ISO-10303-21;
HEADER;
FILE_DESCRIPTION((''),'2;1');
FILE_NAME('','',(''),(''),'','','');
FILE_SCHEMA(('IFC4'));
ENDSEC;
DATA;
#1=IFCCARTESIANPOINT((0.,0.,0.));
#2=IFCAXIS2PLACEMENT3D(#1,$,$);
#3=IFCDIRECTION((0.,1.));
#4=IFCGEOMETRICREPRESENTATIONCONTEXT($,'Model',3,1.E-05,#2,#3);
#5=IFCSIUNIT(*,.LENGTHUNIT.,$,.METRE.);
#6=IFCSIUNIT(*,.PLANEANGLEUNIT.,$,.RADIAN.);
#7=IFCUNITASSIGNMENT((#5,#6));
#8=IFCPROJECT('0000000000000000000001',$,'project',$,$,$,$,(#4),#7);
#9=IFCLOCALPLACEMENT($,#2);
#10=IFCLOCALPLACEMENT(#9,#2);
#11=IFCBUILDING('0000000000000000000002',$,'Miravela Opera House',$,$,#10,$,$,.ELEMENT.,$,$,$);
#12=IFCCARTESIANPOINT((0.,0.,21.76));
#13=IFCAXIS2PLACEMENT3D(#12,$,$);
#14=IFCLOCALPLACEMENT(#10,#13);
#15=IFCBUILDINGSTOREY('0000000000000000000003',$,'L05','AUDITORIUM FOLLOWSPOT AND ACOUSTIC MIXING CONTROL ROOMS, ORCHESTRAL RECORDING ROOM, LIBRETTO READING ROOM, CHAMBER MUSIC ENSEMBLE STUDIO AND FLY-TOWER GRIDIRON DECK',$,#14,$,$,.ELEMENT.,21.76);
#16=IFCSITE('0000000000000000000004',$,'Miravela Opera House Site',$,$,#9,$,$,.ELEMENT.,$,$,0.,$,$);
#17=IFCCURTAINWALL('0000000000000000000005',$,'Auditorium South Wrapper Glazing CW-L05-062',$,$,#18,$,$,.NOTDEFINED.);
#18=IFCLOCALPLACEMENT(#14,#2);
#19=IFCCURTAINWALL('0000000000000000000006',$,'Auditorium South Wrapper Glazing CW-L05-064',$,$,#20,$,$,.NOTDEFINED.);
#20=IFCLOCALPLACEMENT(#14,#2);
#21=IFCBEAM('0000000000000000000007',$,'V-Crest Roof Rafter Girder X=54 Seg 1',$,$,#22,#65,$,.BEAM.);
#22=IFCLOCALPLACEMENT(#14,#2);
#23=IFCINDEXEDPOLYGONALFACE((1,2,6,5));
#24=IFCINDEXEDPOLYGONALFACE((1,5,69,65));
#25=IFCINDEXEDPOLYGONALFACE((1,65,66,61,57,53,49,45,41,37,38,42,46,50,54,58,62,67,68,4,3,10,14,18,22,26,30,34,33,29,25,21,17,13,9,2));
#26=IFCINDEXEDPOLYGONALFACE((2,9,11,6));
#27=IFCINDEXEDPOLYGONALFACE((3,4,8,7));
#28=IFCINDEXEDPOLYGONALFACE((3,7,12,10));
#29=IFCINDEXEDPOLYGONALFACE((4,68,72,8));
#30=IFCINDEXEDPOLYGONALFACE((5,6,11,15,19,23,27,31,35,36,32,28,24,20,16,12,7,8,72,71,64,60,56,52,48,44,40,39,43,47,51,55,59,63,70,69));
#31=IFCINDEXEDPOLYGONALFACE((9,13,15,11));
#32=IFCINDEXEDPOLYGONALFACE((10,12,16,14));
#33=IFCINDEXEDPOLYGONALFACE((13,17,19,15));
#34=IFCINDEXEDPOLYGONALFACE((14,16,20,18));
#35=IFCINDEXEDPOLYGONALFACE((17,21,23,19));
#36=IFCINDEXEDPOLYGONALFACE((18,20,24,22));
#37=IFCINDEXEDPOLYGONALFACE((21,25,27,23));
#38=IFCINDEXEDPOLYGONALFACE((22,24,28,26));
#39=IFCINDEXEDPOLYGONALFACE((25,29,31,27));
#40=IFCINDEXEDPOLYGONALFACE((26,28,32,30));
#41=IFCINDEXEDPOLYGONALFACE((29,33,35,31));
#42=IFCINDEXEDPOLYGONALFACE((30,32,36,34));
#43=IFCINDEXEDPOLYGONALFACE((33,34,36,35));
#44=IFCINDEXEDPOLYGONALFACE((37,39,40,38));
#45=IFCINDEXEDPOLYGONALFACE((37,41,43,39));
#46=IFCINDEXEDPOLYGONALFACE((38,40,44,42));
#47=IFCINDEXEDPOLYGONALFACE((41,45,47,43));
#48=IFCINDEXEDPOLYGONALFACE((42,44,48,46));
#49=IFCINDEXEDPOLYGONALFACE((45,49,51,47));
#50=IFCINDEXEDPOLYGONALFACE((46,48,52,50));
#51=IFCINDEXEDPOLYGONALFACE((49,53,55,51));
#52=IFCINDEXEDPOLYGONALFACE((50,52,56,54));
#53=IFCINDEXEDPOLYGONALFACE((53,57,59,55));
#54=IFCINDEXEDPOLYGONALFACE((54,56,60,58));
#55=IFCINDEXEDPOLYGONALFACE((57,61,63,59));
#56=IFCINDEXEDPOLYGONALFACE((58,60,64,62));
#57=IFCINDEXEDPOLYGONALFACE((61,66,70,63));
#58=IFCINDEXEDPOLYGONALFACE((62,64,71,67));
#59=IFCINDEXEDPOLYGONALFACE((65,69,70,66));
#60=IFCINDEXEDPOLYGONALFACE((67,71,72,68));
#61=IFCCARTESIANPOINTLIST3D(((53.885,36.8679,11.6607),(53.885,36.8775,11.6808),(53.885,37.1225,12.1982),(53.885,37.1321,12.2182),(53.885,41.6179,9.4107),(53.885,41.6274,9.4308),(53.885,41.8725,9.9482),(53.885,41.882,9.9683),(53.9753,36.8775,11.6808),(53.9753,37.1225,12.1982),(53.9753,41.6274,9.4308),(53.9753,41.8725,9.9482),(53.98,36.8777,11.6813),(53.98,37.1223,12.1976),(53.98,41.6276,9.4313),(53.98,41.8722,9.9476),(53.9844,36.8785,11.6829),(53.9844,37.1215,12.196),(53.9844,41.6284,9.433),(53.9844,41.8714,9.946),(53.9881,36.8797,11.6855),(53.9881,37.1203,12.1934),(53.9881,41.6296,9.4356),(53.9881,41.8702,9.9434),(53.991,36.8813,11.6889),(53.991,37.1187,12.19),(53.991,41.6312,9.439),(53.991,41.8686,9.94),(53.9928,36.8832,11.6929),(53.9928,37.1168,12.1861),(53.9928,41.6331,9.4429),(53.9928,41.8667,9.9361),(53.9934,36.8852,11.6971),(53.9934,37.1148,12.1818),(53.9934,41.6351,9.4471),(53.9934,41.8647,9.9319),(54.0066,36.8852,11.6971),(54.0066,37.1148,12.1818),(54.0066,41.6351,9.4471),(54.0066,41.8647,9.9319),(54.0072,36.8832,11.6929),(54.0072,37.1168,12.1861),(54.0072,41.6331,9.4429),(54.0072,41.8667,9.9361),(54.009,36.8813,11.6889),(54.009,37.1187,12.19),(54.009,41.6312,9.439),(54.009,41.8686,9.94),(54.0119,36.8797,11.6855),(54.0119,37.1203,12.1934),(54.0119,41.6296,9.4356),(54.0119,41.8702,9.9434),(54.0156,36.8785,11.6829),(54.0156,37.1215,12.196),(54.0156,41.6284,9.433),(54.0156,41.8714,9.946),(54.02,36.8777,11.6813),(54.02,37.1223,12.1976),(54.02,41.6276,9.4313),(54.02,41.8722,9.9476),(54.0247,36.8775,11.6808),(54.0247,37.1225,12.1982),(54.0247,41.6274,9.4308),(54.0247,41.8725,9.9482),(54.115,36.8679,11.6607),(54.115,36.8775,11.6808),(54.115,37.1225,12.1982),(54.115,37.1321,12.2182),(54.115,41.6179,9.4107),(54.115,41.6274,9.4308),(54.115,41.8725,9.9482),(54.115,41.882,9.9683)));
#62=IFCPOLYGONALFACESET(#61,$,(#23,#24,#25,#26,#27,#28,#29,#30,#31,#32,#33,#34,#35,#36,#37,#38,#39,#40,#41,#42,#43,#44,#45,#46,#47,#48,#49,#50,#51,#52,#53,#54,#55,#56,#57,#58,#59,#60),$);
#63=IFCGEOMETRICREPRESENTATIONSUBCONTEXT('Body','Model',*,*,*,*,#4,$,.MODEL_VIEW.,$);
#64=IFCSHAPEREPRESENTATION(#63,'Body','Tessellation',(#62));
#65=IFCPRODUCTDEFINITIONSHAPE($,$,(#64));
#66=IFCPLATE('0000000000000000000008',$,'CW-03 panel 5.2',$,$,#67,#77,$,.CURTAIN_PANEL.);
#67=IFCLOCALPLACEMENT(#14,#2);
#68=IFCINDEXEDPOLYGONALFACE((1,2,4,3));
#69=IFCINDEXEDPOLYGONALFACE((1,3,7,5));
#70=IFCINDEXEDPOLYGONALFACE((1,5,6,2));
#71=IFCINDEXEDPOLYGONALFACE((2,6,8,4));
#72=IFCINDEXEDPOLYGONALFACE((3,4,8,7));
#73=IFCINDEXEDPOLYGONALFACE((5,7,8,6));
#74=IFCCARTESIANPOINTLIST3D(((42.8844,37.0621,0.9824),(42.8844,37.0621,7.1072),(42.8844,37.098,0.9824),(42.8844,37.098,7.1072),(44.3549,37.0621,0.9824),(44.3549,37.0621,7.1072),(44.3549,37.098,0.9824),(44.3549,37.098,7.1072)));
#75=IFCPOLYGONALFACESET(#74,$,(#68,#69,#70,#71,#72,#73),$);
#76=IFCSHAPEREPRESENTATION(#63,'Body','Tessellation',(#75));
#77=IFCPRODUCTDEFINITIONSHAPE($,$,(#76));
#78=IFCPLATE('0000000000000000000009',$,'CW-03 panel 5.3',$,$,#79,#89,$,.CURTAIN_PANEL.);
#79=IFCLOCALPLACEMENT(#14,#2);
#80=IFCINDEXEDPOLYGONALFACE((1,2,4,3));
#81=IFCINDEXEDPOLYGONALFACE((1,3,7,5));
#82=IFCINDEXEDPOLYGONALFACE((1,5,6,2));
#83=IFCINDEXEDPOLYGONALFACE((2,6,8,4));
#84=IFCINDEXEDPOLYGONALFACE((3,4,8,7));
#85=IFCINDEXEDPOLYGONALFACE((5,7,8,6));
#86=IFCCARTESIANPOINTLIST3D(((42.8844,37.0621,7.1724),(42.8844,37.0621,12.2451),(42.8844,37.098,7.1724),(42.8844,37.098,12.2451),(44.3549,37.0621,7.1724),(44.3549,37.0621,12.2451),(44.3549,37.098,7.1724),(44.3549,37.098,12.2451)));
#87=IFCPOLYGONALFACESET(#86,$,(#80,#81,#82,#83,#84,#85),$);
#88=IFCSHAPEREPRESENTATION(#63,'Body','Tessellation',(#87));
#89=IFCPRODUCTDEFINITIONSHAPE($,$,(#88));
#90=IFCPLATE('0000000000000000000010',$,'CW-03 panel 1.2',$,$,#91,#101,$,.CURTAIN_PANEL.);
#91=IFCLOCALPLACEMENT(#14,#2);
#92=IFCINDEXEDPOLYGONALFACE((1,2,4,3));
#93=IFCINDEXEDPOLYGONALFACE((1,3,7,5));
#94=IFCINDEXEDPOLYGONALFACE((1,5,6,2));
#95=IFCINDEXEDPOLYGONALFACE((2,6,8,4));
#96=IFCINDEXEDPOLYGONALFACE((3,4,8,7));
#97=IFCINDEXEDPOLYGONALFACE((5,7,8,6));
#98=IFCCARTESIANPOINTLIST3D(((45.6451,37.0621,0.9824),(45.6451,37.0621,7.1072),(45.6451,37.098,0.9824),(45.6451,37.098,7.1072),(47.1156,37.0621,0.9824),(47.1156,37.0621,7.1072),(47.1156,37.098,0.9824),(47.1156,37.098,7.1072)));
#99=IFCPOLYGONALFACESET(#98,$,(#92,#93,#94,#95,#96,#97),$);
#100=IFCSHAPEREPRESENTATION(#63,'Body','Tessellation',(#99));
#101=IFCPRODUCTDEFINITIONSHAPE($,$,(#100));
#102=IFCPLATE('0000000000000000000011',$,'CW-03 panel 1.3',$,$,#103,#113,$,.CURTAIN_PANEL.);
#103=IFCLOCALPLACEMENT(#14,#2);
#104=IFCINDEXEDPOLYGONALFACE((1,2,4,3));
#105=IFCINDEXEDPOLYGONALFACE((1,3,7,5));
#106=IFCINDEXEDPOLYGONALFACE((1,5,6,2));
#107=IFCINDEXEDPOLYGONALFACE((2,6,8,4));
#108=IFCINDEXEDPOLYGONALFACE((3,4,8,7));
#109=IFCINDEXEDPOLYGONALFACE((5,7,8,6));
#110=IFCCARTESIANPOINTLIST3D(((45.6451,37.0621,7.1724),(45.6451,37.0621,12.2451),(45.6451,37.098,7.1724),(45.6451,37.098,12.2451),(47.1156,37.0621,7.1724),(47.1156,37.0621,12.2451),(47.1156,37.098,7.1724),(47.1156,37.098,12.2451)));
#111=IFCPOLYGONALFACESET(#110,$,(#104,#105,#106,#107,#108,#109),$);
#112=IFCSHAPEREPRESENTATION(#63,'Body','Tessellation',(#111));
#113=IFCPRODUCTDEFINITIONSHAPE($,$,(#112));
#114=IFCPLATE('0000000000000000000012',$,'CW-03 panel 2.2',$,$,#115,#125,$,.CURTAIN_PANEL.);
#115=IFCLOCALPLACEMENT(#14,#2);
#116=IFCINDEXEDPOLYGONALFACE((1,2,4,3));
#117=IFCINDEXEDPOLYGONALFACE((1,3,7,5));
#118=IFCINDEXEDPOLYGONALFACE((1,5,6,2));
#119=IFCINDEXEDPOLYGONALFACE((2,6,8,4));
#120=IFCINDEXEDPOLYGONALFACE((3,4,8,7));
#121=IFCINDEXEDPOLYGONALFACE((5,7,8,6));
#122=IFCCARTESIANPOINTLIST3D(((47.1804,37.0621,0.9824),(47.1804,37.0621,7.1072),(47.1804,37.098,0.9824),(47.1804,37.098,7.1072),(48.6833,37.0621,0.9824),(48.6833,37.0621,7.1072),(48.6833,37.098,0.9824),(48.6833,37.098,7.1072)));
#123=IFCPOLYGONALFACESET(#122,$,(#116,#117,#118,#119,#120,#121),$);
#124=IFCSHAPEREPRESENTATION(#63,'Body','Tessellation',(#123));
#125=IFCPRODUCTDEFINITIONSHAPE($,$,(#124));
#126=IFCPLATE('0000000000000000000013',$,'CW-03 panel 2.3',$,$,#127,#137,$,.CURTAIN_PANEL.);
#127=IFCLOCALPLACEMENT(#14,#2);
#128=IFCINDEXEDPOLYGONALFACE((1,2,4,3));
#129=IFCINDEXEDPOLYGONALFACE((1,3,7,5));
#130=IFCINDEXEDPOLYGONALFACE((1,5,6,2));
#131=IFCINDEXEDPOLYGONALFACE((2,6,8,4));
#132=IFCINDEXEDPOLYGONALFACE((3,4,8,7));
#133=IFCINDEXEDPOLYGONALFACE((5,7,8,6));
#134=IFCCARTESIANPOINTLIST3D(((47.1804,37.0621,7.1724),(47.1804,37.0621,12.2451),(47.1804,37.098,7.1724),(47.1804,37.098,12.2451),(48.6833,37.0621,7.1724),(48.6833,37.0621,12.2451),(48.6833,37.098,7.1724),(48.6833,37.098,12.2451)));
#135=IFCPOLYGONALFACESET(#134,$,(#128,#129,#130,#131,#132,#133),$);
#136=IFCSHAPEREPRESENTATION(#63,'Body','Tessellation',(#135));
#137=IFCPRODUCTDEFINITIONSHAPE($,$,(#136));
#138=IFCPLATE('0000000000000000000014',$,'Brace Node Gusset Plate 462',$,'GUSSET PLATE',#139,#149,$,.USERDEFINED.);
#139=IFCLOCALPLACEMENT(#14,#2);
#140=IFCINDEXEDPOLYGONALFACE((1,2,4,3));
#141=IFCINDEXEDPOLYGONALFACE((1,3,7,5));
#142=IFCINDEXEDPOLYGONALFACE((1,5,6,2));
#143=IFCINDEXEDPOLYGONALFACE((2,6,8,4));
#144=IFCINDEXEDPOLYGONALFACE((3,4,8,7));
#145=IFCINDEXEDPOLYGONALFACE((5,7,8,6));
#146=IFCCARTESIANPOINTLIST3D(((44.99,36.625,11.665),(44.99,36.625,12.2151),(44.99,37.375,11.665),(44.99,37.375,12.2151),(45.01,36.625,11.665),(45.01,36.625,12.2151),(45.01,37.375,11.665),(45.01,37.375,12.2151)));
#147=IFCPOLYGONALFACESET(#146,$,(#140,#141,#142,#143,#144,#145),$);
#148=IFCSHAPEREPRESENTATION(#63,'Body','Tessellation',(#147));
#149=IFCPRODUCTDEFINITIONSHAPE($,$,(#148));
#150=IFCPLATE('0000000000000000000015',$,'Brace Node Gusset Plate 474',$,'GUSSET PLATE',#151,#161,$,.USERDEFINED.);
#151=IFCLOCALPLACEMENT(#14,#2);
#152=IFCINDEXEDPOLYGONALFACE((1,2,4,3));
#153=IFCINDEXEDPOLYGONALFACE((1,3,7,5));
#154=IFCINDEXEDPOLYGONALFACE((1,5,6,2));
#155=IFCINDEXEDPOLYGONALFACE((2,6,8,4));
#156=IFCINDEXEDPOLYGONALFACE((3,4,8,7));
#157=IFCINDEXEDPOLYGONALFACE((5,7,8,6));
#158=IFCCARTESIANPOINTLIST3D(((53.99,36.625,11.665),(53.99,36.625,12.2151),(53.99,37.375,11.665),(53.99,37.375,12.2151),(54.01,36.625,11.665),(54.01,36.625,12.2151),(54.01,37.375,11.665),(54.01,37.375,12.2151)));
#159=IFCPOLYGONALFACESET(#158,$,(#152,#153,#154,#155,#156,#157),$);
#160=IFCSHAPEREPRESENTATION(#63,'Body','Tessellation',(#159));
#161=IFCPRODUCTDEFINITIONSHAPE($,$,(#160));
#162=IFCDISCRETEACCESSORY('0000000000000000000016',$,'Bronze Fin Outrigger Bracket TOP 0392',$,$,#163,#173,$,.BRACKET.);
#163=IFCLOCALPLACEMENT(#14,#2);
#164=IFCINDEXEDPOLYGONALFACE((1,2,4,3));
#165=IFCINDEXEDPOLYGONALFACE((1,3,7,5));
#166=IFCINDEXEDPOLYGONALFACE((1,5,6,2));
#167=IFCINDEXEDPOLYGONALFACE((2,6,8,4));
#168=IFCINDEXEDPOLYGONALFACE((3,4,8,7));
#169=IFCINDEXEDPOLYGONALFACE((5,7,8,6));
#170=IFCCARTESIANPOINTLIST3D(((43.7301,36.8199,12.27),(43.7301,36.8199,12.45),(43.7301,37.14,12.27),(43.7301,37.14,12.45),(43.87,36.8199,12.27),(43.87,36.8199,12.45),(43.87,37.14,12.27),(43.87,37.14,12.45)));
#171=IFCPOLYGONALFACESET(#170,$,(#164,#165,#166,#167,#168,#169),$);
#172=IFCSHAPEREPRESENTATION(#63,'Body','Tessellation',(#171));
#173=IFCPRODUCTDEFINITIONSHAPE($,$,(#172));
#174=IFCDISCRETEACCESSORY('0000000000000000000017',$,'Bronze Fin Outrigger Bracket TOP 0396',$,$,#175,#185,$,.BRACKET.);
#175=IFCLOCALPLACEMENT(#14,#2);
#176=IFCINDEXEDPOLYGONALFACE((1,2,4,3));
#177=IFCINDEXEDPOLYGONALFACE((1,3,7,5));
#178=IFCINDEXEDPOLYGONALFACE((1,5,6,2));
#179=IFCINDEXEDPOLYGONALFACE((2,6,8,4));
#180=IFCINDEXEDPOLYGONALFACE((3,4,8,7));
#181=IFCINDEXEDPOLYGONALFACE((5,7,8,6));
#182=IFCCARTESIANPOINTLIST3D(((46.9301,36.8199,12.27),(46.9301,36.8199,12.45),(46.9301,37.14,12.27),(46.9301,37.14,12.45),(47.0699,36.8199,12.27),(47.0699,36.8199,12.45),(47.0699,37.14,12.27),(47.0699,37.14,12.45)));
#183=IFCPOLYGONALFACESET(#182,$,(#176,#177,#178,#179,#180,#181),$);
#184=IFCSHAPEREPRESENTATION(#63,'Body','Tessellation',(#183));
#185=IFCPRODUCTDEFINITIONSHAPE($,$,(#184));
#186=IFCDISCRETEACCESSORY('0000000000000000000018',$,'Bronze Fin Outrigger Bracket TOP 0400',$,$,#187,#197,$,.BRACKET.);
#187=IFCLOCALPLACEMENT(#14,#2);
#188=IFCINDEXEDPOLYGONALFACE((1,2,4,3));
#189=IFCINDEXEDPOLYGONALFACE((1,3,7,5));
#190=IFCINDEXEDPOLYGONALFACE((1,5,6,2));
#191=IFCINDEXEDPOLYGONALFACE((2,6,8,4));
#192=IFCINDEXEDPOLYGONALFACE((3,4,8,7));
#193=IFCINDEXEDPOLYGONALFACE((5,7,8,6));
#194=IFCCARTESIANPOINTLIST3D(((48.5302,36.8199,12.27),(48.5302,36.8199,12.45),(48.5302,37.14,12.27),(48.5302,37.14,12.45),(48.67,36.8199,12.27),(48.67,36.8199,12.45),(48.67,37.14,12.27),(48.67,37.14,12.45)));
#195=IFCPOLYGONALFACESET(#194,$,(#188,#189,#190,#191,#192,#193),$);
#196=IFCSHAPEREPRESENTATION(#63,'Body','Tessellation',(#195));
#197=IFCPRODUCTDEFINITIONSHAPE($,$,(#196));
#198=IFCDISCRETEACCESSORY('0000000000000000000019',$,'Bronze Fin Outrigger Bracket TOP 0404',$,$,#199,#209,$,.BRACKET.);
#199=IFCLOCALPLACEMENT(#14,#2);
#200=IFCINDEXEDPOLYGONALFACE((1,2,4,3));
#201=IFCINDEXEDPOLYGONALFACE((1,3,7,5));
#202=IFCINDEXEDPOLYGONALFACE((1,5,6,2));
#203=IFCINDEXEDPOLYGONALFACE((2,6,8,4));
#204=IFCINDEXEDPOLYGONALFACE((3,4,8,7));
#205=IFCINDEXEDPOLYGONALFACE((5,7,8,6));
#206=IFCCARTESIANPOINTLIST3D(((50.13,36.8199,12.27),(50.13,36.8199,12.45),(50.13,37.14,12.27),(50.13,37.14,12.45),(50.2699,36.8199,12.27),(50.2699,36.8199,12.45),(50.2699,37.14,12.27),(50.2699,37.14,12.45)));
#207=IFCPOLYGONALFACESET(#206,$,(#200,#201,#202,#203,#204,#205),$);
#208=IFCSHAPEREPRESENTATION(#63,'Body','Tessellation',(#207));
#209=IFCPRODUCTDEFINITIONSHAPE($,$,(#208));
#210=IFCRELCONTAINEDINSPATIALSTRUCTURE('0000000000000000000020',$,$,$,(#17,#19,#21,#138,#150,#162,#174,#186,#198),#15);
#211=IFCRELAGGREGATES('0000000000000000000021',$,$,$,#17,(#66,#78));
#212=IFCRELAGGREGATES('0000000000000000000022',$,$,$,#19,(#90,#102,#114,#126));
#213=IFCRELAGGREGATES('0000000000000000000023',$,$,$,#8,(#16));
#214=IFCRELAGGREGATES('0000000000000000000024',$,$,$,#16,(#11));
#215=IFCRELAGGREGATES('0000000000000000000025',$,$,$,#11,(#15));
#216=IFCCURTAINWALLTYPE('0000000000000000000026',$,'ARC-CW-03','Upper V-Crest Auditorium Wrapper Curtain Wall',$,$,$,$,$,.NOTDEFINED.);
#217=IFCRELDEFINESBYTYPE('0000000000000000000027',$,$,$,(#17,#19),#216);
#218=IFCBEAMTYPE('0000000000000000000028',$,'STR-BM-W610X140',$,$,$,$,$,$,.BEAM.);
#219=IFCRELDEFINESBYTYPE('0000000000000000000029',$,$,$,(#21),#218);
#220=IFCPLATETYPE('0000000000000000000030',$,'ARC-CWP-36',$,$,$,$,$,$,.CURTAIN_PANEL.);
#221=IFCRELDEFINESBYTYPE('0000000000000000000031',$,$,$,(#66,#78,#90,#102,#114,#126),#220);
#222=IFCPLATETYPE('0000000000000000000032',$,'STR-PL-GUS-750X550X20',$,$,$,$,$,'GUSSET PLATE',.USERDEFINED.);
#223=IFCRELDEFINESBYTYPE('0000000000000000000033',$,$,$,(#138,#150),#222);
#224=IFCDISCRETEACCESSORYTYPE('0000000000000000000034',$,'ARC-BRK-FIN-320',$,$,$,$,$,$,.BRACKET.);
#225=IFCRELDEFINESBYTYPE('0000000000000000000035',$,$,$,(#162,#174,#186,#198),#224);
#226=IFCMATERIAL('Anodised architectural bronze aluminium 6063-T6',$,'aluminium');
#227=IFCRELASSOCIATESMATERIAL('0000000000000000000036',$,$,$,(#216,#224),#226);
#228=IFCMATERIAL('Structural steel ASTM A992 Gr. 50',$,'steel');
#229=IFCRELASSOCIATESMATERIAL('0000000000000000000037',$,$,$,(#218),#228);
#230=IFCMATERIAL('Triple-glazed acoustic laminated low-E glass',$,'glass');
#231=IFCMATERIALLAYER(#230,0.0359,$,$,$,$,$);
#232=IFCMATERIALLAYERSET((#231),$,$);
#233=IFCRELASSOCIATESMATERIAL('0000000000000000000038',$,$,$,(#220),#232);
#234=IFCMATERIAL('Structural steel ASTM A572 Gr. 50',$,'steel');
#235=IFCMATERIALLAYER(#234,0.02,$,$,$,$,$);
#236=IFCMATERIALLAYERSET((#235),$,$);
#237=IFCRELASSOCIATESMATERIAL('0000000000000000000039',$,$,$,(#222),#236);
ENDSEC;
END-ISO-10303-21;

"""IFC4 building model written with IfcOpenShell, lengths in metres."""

from ifc_helpers import new_model, si_unit, direction, frame, origin, origin_2d, place, context, subcontext, project, spatial, rectangle, i_section, extrude, material, layer, layer_set, material_profile, profile_set, type_object, element, aggregate, save


model = new_model("IFC4")

# Units and contexts
model_context = context("Model", 3, precision=1e-05, world=origin(), true_north=direction((0.0, 1.0)))
body_context = subcontext(model_context, "Body", "Model", "MODEL_VIEW")
ifc_project = project(units=[si_unit("LENGTHUNIT", "METRE"), si_unit("PLANEANGLEUNIT", "RADIAN")], contexts=[model_context])

# Site, building, storey
site_placement = place(None, origin())
site = spatial("IfcSite", under=ifc_project, at=site_placement, Name="Miravela Opera House Site", CompositionType="ELEMENT", RefElevation=0.0)
building_placement = place(site_placement, origin())
building = spatial("IfcBuilding", under=site, at=building_placement, Name="Miravela Opera House", CompositionType="ELEMENT")
storey_placement = place(building_placement, frame((0.0, 0.0, 21.76)))
storey = spatial("IfcBuildingStorey", under=building, at=storey_placement, Name="L05", Description="AUDITORIUM FOLLOWSPOT AND ACOUSTIC MIXING CONTROL ROOMS, ORCHESTRAL RECORDING ROOM, LIBRETTO READING ROOM, CHAMBER MUSIC ENSEMBLE STUDIO AND FLY-TOWER GRIDIRON DECK", CompositionType="ELEMENT", Elevation=21.76)

# Curtain walls
ifc_material_1 = material(Name="Anodised architectural bronze aluminium 6063-T6", Category="aluminium")
curtain_wall_type = type_object("IfcCurtainWallType", Name="ARC-CW-03", Description="Upper V-Crest Auditorium Wrapper Curtain Wall", PredefinedType="NOTDEFINED", material=ifc_material_1)
curtain_wall_1_placement = place(storey_placement, origin())
curtain_wall_1 = element("IfcCurtainWall", 1, at=curtain_wall_1_placement, inside=storey, type_object=curtain_wall_type, Name="Auditorium South Wrapper Glazing CW-L05-062", PredefinedType="NOTDEFINED")
curtain_wall_2_placement = place(storey_placement, origin())
curtain_wall_2 = element("IfcCurtainWall", 2, at=curtain_wall_2_placement, inside=storey, type_object=curtain_wall_type, Name="Auditorium South Wrapper Glazing CW-L05-064", PredefinedType="NOTDEFINED")

# Beam
ifc_material_2 = material(Name="Structural steel ASTM A992 Gr. 50", Category="steel")
ifc_material_profile_1 = material_profile(ifc_material_2, i_section(OverallWidth=0.23, OverallDepth=0.6169, WebThickness=0.0132, FlangeThickness=0.0222, FilletRadius=0.0181, at=origin_2d()), Name="W610X140")
ifc_profile_set_1 = profile_set([ifc_material_profile_1])
beam_type_1 = type_object("IfcBeamType", Name="STR-BM-W610X140", PredefinedType="BEAM", material=ifc_profile_set_1)
for number, where, z_axis, x_axis, name in (
    (3, (54.0, 37.0, 11.9395), (0.0, 0.903738, -0.428086), (-1.0, 0.0, 0.0), "V-Crest Roof Rafter Girder X=54 Seg 1"),
):
    element("IfcBeam", number, at=place(storey_placement, frame(where, z_axis=z_axis, x_axis=x_axis)), inside=storey, type_object=beam_type_1, Name=name, PredefinedType="BEAM", context=body_context, shape_type="SweptSolid", body=[
        extrude(i_section(OverallWidth=0.23, OverallDepth=0.6169, WebThickness=0.0132, FlangeThickness=0.0222, FilletRadius=0.0181, at=origin_2d()), origin(), (0.0, 0.0, 1.0), 5.2559),
    ])

# Plates
ifc_material_3 = material(Name="Triple-glazed acoustic laminated low-E glass", Category="glass")
ifc_layer_1 = layer(ifc_material_3, 0.0359)
ifc_layer_set_1 = layer_set([ifc_layer_1])
plate_type_1 = type_object("IfcPlateType", Name="ARC-CWP-36", PredefinedType="CURTAIN_PANEL", material=ifc_layer_set_1)
plate_1_placement = place(storey_placement, frame((43.6196, 37.0801, 0.9824), z_axis=(0.0, 0.0, 1.0), x_axis=(1.0, 0.0, 0.0)))
plate_1 = element("IfcPlate", 4, at=plate_1_placement, type_object=plate_type_1, Name="CW-03 panel 5.2", PredefinedType="CURTAIN_PANEL", context=body_context, shape_type="SweptSolid", body=[
    extrude(rectangle(XDim=1.4705, YDim=0.0359, at=origin_2d()), origin(), (0.0, 0.0, 1.0), 6.1248),
])
plate_2_placement = place(storey_placement, frame((43.6196, 37.0801, 7.1724), z_axis=(0.0, 0.0, 1.0), x_axis=(1.0, 0.0, 0.0)))
plate_2 = element("IfcPlate", 5, at=plate_2_placement, type_object=plate_type_1, Name="CW-03 panel 5.3", PredefinedType="CURTAIN_PANEL", context=body_context, shape_type="SweptSolid", body=[
    extrude(rectangle(XDim=1.4705, YDim=0.0359, at=origin_2d()), origin(), (0.0, 0.0, 1.0), 5.0728),
])
aggregate(curtain_wall_1, [plate_1, plate_2])
plate_3_placement = place(storey_placement, frame((46.3804, 37.0801, 0.9824), z_axis=(0.0, 0.0, 1.0), x_axis=(1.0, 0.0, 0.0)))
plate_3 = element("IfcPlate", 6, at=plate_3_placement, type_object=plate_type_1, Name="CW-03 panel 1.2", PredefinedType="CURTAIN_PANEL", context=body_context, shape_type="SweptSolid", body=[
    extrude(rectangle(XDim=1.4705, YDim=0.0359, at=origin_2d()), origin(), (0.0, 0.0, 1.0), 6.1248),
])
plate_4_placement = place(storey_placement, frame((46.3804, 37.0801, 7.1724), z_axis=(0.0, 0.0, 1.0), x_axis=(1.0, 0.0, 0.0)))
plate_4 = element("IfcPlate", 7, at=plate_4_placement, type_object=plate_type_1, Name="CW-03 panel 1.3", PredefinedType="CURTAIN_PANEL", context=body_context, shape_type="SweptSolid", body=[
    extrude(rectangle(XDim=1.4705, YDim=0.0359, at=origin_2d()), origin(), (0.0, 0.0, 1.0), 5.0728),
])
plate_5_placement = place(storey_placement, frame((47.9319, 37.0801, 0.9824), z_axis=(0.0, 0.0, 1.0), x_axis=(1.0, 0.0, 0.0)))
plate_5 = element("IfcPlate", 8, at=plate_5_placement, type_object=plate_type_1, Name="CW-03 panel 2.2", PredefinedType="CURTAIN_PANEL", context=body_context, shape_type="SweptSolid", body=[
    extrude(rectangle(XDim=1.5029, YDim=0.0359, at=origin_2d()), origin(), (0.0, 0.0, 1.0), 6.1248),
])
plate_6_placement = place(storey_placement, frame((47.9319, 37.0801, 7.1724), z_axis=(0.0, 0.0, 1.0), x_axis=(1.0, 0.0, 0.0)))
plate_6 = element("IfcPlate", 9, at=plate_6_placement, type_object=plate_type_1, Name="CW-03 panel 2.3", PredefinedType="CURTAIN_PANEL", context=body_context, shape_type="SweptSolid", body=[
    extrude(rectangle(XDim=1.5029, YDim=0.0359, at=origin_2d()), origin(), (0.0, 0.0, 1.0), 5.0728),
])
aggregate(curtain_wall_2, [plate_3, plate_4, plate_5, plate_6])

# Plates
ifc_material_4 = material(Name="Structural steel ASTM A572 Gr. 50", Category="steel")
ifc_layer_2 = layer(ifc_material_4, 0.02)
ifc_layer_set_2 = layer_set([ifc_layer_2])
plate_type_2 = type_object("IfcPlateType", Name="STR-PL-GUS-750X550X20", ElementType="GUSSET PLATE", PredefinedType="USERDEFINED", material=ifc_layer_set_2)
for number, where, z_axis, x_axis, name in (
    (10, (45.0, 37.0, 11.665), (0.0, 0.0, 1.0), (0.0, 1.0, 0.0), "Brace Node Gusset Plate 462"),
    (11, (54.0, 37.0, 11.665), (0.0, 0.0, 1.0), (0.0, 1.0, 0.0), "Brace Node Gusset Plate 474"),
):
    element("IfcPlate", number, at=place(storey_placement, frame(where, z_axis=z_axis, x_axis=x_axis)), inside=storey, type_object=plate_type_2, Name=name, ObjectType="GUSSET PLATE", PredefinedType="USERDEFINED", context=body_context, shape_type="SweptSolid", body=[
        extrude(rectangle(XDim=0.75, YDim=0.02, at=origin_2d()), origin(), (0.0, 0.0, 1.0), 0.55),
    ])

# Discrete accessories
discrete_accessory_type = type_object("IfcDiscreteAccessoryType", Name="ARC-BRK-FIN-320", PredefinedType="BRACKET", material=ifc_material_1)
for number, where, z_axis, x_axis, name in (
    (12, (43.8, 36.98, 12.27), (0.0, 0.0, 1.0), (0.0, 1.0, 0.0), "Bronze Fin Outrigger Bracket TOP 0392"),
    (13, (47.0, 36.98, 12.27), (0.0, 0.0, 1.0), (0.0, 1.0, 0.0), "Bronze Fin Outrigger Bracket TOP 0396"),
    (14, (48.6001, 36.98, 12.27), (0.0, 0.0, 1.0), (0.0, 1.0, 0.0), "Bronze Fin Outrigger Bracket TOP 0400"),
    (15, (50.2, 36.98, 12.27), (0.0, 0.0, 1.0), (0.0, 1.0, 0.0), "Bronze Fin Outrigger Bracket TOP 0404"),
):
    element("IfcDiscreteAccessory", number, at=place(storey_placement, frame(where, z_axis=z_axis, x_axis=x_axis)), inside=storey, type_object=discrete_accessory_type, Name=name, PredefinedType="BRACKET", context=body_context, shape_type="SweptSolid", body=[
        extrude(rectangle(XDim=0.3201, YDim=0.1399, at=origin_2d()), origin(), (0.0, 0.0, 1.0), 0.1799),
    ])

save(model, "model.ifc")
